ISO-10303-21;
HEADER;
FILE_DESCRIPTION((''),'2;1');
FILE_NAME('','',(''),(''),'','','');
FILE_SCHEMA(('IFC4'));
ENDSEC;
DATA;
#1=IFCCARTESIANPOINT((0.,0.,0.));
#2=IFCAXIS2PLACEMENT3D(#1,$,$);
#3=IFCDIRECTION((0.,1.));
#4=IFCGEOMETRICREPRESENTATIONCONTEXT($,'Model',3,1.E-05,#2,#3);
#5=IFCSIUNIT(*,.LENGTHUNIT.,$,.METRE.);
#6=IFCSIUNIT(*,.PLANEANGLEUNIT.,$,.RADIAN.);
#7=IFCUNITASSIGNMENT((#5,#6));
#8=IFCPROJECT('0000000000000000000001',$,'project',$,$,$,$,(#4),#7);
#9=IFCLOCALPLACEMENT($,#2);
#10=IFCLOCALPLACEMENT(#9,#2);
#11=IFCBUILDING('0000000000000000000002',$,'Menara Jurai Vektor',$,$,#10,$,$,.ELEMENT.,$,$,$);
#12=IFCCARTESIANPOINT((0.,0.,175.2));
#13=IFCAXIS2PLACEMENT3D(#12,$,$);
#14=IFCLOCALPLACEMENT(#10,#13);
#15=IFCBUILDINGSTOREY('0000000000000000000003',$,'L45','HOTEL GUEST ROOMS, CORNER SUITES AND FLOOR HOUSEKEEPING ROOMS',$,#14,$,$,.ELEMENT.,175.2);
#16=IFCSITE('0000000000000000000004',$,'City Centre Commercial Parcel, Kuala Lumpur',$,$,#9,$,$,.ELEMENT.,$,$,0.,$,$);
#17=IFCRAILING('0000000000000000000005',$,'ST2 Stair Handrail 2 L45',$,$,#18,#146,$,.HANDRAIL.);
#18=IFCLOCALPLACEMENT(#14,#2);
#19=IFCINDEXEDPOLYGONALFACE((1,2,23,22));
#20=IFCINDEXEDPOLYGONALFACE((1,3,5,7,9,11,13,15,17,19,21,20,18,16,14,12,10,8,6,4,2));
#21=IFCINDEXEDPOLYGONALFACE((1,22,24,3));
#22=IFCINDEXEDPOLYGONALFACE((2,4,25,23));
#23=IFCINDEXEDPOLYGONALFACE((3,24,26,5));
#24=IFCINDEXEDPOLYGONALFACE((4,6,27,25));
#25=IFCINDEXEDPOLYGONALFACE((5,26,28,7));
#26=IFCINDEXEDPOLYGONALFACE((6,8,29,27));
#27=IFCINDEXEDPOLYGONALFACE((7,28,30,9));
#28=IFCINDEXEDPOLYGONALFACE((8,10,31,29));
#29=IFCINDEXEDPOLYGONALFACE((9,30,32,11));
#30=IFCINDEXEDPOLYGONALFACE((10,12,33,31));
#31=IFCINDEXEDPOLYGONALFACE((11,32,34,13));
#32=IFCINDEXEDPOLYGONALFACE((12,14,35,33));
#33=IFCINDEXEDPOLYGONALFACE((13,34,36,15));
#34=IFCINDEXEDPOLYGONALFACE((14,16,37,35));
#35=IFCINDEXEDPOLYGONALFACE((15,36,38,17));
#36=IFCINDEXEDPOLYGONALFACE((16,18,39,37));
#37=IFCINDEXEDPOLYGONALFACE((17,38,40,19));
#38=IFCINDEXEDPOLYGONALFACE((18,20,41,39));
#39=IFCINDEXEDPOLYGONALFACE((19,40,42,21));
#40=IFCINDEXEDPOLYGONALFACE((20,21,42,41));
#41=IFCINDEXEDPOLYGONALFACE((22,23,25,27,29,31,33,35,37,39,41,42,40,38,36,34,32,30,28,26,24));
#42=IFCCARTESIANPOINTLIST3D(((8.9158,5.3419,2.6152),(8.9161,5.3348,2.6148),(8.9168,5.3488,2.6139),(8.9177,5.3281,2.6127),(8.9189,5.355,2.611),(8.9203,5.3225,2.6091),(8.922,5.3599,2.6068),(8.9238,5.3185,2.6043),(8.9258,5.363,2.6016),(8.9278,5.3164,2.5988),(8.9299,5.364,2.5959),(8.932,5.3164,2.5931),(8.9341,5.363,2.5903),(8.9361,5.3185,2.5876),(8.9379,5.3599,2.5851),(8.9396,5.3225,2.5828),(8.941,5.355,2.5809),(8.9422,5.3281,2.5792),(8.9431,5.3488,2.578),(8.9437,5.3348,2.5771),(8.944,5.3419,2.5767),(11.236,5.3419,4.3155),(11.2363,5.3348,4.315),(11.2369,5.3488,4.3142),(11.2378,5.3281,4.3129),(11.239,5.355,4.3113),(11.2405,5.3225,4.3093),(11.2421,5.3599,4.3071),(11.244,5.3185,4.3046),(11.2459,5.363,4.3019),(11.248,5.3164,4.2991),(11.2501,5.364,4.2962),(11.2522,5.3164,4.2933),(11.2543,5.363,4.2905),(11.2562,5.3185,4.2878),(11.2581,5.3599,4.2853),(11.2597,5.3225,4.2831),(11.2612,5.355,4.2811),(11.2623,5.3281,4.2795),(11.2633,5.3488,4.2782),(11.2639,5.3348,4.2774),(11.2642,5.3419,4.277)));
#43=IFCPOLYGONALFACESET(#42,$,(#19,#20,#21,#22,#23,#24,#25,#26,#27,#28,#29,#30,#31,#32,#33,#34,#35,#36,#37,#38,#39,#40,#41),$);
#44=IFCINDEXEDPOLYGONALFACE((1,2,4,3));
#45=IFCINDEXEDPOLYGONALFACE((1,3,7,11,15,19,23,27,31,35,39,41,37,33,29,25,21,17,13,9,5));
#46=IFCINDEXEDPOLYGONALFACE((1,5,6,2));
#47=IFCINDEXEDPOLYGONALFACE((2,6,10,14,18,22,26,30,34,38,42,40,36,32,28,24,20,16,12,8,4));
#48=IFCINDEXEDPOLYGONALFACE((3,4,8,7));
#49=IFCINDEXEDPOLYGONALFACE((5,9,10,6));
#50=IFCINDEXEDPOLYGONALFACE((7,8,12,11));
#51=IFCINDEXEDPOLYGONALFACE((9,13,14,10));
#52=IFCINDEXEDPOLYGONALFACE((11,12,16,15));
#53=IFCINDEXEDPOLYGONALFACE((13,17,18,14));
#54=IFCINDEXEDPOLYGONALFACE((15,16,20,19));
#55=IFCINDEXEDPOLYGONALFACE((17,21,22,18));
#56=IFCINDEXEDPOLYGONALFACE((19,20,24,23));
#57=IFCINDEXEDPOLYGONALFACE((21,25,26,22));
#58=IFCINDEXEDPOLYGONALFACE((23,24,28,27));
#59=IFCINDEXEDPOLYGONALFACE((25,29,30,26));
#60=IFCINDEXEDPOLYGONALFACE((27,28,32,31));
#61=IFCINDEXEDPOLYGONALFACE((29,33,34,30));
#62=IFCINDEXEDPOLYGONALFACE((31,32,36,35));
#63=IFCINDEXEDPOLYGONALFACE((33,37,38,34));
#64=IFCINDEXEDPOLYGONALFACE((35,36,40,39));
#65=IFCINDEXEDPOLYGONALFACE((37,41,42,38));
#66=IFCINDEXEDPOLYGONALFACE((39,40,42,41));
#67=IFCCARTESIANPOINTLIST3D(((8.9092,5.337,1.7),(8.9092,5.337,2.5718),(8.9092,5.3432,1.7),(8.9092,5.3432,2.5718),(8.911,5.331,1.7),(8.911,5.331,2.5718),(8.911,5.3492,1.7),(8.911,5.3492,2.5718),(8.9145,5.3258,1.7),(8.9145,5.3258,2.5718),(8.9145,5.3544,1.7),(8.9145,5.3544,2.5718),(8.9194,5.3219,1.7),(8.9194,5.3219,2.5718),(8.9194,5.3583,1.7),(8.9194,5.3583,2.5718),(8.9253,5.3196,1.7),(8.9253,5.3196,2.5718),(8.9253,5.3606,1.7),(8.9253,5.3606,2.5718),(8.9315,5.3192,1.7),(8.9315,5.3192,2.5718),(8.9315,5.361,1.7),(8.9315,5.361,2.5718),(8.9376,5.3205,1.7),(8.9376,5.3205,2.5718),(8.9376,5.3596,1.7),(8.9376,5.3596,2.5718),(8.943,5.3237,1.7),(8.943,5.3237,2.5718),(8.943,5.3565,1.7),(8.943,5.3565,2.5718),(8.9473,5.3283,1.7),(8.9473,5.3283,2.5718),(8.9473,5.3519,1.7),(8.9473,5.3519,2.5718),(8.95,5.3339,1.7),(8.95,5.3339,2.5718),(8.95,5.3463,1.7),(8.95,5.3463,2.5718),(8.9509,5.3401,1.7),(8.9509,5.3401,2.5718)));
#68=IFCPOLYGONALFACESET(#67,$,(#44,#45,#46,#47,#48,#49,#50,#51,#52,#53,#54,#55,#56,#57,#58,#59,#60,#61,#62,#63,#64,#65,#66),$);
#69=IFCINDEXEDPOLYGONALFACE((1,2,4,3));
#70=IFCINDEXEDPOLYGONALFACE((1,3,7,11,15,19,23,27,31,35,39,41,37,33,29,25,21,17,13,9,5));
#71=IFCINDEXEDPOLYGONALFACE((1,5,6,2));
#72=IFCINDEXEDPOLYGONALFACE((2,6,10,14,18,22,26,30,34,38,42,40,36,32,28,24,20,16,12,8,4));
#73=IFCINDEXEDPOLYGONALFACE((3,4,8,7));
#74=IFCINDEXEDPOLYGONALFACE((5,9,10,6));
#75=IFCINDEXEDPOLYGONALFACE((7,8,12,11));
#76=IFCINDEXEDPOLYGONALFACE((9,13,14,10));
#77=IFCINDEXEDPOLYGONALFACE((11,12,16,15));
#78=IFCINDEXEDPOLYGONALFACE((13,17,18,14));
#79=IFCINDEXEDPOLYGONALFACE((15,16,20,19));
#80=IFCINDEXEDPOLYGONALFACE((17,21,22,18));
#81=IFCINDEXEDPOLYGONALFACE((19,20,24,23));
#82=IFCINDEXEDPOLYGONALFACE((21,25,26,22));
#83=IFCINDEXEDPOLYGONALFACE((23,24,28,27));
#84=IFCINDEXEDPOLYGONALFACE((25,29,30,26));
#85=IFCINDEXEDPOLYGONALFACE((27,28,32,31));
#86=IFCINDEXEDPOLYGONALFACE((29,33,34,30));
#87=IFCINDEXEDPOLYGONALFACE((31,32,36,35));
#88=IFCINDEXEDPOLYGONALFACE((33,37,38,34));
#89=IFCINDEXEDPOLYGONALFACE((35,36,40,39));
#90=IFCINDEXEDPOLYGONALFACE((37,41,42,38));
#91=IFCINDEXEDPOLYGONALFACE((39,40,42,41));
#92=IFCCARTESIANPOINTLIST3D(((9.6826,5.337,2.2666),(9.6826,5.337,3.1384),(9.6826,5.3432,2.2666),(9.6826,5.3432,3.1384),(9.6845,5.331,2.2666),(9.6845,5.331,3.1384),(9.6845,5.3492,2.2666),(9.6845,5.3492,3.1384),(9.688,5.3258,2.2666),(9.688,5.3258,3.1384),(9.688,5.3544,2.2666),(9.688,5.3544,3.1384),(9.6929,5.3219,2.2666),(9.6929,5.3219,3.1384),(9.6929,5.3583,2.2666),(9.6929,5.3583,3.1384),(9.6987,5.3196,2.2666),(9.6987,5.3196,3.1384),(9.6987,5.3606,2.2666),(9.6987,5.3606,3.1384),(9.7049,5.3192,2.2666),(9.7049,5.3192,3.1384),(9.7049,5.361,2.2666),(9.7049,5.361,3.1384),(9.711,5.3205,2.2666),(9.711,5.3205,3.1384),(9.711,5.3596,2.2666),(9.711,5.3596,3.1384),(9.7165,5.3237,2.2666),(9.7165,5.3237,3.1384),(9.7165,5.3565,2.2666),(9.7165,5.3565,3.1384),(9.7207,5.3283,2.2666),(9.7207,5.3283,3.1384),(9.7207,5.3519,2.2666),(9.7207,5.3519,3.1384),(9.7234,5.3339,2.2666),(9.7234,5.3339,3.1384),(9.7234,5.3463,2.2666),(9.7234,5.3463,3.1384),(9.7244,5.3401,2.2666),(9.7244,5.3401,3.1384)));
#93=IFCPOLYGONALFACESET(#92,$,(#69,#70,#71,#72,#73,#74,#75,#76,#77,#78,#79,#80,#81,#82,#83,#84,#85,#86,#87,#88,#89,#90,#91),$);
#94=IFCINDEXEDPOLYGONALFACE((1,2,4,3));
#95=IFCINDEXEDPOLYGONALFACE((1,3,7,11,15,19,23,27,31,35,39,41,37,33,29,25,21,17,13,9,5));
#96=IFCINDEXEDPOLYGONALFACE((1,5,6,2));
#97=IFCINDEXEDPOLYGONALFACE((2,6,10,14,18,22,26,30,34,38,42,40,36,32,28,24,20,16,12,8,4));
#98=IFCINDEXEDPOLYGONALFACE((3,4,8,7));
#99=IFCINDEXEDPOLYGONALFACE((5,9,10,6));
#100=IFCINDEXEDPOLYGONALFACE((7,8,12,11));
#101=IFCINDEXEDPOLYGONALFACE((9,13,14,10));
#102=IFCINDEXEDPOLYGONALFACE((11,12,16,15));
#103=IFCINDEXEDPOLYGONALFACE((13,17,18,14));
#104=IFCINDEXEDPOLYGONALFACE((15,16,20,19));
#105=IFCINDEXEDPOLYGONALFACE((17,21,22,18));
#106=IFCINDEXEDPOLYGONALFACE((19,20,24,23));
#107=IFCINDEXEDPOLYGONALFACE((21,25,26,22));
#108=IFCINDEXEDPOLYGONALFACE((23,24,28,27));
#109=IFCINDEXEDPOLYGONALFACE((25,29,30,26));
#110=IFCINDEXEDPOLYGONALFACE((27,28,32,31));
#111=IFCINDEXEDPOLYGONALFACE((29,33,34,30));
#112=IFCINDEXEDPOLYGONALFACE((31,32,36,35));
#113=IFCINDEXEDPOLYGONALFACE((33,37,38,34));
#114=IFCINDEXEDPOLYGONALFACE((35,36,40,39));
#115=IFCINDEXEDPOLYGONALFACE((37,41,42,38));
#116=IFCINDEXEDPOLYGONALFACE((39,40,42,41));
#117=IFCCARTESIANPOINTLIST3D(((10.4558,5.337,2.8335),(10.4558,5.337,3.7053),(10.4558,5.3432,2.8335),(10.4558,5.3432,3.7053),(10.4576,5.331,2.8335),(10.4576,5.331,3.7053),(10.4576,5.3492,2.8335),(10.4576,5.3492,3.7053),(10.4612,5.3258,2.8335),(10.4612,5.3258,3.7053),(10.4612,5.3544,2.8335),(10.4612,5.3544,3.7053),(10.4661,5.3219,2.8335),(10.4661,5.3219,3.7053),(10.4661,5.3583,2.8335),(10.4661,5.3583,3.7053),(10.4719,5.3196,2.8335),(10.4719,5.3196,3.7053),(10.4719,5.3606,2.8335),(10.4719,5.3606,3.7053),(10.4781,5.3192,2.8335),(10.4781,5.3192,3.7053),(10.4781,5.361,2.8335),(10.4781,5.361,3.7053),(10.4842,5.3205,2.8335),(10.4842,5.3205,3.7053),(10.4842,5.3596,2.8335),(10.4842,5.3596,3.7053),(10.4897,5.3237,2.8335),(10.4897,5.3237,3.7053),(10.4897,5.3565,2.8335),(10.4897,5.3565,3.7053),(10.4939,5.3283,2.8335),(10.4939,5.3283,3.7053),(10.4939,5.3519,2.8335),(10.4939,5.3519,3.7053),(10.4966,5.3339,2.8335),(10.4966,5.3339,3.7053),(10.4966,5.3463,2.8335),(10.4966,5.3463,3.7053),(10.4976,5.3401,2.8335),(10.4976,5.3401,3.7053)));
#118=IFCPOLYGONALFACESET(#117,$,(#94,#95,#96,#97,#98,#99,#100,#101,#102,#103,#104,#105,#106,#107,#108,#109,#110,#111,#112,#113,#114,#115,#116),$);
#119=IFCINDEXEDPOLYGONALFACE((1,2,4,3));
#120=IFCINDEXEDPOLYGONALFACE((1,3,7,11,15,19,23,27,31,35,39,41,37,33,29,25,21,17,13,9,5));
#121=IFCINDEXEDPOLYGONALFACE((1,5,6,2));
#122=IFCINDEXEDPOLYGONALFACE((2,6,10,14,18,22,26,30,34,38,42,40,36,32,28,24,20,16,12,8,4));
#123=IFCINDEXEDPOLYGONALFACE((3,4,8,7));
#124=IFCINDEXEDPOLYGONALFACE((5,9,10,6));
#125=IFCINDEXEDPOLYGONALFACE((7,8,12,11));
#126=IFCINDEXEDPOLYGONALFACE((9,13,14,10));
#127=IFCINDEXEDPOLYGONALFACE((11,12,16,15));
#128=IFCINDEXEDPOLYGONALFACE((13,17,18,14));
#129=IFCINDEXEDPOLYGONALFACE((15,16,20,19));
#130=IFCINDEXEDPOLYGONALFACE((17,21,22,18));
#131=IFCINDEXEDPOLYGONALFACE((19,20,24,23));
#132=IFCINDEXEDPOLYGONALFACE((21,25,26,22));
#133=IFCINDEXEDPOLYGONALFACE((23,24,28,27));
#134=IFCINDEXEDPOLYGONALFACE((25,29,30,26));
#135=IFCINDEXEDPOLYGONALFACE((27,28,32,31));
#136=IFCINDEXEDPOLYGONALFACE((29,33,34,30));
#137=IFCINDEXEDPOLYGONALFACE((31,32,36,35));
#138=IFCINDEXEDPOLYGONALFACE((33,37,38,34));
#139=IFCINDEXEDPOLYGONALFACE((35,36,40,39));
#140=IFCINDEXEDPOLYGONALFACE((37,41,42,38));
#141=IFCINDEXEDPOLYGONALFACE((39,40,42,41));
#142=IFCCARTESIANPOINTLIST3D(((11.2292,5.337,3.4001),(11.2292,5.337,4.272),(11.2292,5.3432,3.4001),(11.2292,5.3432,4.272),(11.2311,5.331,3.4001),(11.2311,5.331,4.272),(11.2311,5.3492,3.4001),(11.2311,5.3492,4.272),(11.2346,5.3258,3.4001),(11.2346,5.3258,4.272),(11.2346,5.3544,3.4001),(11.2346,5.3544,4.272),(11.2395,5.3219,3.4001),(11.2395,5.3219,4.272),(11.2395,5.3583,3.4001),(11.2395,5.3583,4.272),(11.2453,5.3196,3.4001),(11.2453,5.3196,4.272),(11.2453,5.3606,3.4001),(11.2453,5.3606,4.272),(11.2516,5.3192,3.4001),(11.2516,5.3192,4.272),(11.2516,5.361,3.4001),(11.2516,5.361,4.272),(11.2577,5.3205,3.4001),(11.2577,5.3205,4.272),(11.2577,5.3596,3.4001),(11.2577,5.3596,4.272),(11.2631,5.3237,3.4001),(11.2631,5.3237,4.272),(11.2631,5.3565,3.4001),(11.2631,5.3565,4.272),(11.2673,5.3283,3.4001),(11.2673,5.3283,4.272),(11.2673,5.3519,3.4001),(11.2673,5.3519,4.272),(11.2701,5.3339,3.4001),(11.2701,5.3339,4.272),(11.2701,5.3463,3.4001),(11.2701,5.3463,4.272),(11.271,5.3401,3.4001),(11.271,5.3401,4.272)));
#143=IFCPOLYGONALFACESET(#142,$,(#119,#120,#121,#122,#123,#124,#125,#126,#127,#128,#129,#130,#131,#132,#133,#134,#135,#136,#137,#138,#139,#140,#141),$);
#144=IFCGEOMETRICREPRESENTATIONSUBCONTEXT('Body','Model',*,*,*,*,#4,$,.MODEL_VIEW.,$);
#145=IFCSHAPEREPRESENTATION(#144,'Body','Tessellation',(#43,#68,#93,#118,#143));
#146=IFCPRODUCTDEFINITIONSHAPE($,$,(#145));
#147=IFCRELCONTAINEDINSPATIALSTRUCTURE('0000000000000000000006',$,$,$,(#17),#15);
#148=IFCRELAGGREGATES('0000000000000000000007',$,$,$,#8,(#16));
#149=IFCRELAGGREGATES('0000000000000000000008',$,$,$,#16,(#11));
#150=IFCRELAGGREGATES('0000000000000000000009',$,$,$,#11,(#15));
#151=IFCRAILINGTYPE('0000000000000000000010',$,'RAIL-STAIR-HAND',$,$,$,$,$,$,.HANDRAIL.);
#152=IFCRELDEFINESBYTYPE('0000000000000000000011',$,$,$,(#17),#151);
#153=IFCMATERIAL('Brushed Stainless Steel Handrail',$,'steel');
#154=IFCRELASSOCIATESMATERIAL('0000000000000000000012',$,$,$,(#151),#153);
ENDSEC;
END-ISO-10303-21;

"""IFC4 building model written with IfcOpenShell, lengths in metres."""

from ifc_helpers import new_model, si_unit, direction, frame, origin, origin_2d, place, context, subcontext, project, spatial, circle, extrude, material, type_object, element, save


model = new_model("IFC4")

# Units and contexts
model_context = context("Model", 3, precision=1e-05, world=origin(), true_north=direction((0.0, 1.0)))
body_context = subcontext(model_context, "Body", "Model", "MODEL_VIEW")
ifc_project = project(units=[si_unit("LENGTHUNIT", "METRE"), si_unit("PLANEANGLEUNIT", "RADIAN")], contexts=[model_context])

# Site, building, storey
site_placement = place(None, origin())
site = spatial("IfcSite", under=ifc_project, at=site_placement, Name="City Centre Commercial Parcel, Kuala Lumpur", CompositionType="ELEMENT", RefElevation=0.0)
building_placement = place(site_placement, origin())
building = spatial("IfcBuilding", under=site, at=building_placement, Name="Menara Jurai Vektor", CompositionType="ELEMENT")
storey_placement = place(building_placement, frame((0.0, 0.0, 175.2)))
storey = spatial("IfcBuildingStorey", under=building, at=storey_placement, Name="L45", Description="HOTEL GUEST ROOMS, CORNER SUITES AND FLOOR HOUSEKEEPING ROOMS", CompositionType="ELEMENT", Elevation=175.2)

# Railing
ifc_material_1 = material(Name="Brushed Stainless Steel Handrail", Category="steel")
railing_type_1 = type_object("IfcRailingType", Name="RAIL-STAIR-HAND", PredefinedType="HANDRAIL", material=ifc_material_1)
railing_1_placement = place(storey_placement, frame((8.9299, 5.3401, 1.7)))
element("IfcRailing", 1, at=railing_1_placement, inside=storey, type_object=railing_type_1, Name="ST2 Stair Handrail 2 L45", PredefinedType="HANDRAIL", context=body_context, shape_type="SweptSolid", body=[
    extrude(circle(Radius=0.0239, at=origin_2d()), frame((0.0, 0.0, 0.896), z_axis=(0.806602, 0.0, 0.591095), x_axis=(0.0, 1.0, 0.0)), (0.0, 0.0, 1.0), 2.8765),
    extrude(circle(Radius=0.021, at=origin_2d()), origin(), (0.0, 0.0, 1.0), 0.8718),
    extrude(circle(Radius=0.021, at=origin_2d()), frame((0.7734, 0.0, 0.5667)), (0.0, 0.0, 1.0), 0.8718),
    extrude(circle(Radius=0.021, at=origin_2d()), frame((1.5466, 0.0, 1.1335)), (0.0, 0.0, 1.0), 0.8718),
    extrude(circle(Radius=0.021, at=origin_2d()), frame((2.3201, 0.0, 1.7002)), (0.0, 0.0, 1.0), 0.8718),
])

save(model, "model.ifc")
